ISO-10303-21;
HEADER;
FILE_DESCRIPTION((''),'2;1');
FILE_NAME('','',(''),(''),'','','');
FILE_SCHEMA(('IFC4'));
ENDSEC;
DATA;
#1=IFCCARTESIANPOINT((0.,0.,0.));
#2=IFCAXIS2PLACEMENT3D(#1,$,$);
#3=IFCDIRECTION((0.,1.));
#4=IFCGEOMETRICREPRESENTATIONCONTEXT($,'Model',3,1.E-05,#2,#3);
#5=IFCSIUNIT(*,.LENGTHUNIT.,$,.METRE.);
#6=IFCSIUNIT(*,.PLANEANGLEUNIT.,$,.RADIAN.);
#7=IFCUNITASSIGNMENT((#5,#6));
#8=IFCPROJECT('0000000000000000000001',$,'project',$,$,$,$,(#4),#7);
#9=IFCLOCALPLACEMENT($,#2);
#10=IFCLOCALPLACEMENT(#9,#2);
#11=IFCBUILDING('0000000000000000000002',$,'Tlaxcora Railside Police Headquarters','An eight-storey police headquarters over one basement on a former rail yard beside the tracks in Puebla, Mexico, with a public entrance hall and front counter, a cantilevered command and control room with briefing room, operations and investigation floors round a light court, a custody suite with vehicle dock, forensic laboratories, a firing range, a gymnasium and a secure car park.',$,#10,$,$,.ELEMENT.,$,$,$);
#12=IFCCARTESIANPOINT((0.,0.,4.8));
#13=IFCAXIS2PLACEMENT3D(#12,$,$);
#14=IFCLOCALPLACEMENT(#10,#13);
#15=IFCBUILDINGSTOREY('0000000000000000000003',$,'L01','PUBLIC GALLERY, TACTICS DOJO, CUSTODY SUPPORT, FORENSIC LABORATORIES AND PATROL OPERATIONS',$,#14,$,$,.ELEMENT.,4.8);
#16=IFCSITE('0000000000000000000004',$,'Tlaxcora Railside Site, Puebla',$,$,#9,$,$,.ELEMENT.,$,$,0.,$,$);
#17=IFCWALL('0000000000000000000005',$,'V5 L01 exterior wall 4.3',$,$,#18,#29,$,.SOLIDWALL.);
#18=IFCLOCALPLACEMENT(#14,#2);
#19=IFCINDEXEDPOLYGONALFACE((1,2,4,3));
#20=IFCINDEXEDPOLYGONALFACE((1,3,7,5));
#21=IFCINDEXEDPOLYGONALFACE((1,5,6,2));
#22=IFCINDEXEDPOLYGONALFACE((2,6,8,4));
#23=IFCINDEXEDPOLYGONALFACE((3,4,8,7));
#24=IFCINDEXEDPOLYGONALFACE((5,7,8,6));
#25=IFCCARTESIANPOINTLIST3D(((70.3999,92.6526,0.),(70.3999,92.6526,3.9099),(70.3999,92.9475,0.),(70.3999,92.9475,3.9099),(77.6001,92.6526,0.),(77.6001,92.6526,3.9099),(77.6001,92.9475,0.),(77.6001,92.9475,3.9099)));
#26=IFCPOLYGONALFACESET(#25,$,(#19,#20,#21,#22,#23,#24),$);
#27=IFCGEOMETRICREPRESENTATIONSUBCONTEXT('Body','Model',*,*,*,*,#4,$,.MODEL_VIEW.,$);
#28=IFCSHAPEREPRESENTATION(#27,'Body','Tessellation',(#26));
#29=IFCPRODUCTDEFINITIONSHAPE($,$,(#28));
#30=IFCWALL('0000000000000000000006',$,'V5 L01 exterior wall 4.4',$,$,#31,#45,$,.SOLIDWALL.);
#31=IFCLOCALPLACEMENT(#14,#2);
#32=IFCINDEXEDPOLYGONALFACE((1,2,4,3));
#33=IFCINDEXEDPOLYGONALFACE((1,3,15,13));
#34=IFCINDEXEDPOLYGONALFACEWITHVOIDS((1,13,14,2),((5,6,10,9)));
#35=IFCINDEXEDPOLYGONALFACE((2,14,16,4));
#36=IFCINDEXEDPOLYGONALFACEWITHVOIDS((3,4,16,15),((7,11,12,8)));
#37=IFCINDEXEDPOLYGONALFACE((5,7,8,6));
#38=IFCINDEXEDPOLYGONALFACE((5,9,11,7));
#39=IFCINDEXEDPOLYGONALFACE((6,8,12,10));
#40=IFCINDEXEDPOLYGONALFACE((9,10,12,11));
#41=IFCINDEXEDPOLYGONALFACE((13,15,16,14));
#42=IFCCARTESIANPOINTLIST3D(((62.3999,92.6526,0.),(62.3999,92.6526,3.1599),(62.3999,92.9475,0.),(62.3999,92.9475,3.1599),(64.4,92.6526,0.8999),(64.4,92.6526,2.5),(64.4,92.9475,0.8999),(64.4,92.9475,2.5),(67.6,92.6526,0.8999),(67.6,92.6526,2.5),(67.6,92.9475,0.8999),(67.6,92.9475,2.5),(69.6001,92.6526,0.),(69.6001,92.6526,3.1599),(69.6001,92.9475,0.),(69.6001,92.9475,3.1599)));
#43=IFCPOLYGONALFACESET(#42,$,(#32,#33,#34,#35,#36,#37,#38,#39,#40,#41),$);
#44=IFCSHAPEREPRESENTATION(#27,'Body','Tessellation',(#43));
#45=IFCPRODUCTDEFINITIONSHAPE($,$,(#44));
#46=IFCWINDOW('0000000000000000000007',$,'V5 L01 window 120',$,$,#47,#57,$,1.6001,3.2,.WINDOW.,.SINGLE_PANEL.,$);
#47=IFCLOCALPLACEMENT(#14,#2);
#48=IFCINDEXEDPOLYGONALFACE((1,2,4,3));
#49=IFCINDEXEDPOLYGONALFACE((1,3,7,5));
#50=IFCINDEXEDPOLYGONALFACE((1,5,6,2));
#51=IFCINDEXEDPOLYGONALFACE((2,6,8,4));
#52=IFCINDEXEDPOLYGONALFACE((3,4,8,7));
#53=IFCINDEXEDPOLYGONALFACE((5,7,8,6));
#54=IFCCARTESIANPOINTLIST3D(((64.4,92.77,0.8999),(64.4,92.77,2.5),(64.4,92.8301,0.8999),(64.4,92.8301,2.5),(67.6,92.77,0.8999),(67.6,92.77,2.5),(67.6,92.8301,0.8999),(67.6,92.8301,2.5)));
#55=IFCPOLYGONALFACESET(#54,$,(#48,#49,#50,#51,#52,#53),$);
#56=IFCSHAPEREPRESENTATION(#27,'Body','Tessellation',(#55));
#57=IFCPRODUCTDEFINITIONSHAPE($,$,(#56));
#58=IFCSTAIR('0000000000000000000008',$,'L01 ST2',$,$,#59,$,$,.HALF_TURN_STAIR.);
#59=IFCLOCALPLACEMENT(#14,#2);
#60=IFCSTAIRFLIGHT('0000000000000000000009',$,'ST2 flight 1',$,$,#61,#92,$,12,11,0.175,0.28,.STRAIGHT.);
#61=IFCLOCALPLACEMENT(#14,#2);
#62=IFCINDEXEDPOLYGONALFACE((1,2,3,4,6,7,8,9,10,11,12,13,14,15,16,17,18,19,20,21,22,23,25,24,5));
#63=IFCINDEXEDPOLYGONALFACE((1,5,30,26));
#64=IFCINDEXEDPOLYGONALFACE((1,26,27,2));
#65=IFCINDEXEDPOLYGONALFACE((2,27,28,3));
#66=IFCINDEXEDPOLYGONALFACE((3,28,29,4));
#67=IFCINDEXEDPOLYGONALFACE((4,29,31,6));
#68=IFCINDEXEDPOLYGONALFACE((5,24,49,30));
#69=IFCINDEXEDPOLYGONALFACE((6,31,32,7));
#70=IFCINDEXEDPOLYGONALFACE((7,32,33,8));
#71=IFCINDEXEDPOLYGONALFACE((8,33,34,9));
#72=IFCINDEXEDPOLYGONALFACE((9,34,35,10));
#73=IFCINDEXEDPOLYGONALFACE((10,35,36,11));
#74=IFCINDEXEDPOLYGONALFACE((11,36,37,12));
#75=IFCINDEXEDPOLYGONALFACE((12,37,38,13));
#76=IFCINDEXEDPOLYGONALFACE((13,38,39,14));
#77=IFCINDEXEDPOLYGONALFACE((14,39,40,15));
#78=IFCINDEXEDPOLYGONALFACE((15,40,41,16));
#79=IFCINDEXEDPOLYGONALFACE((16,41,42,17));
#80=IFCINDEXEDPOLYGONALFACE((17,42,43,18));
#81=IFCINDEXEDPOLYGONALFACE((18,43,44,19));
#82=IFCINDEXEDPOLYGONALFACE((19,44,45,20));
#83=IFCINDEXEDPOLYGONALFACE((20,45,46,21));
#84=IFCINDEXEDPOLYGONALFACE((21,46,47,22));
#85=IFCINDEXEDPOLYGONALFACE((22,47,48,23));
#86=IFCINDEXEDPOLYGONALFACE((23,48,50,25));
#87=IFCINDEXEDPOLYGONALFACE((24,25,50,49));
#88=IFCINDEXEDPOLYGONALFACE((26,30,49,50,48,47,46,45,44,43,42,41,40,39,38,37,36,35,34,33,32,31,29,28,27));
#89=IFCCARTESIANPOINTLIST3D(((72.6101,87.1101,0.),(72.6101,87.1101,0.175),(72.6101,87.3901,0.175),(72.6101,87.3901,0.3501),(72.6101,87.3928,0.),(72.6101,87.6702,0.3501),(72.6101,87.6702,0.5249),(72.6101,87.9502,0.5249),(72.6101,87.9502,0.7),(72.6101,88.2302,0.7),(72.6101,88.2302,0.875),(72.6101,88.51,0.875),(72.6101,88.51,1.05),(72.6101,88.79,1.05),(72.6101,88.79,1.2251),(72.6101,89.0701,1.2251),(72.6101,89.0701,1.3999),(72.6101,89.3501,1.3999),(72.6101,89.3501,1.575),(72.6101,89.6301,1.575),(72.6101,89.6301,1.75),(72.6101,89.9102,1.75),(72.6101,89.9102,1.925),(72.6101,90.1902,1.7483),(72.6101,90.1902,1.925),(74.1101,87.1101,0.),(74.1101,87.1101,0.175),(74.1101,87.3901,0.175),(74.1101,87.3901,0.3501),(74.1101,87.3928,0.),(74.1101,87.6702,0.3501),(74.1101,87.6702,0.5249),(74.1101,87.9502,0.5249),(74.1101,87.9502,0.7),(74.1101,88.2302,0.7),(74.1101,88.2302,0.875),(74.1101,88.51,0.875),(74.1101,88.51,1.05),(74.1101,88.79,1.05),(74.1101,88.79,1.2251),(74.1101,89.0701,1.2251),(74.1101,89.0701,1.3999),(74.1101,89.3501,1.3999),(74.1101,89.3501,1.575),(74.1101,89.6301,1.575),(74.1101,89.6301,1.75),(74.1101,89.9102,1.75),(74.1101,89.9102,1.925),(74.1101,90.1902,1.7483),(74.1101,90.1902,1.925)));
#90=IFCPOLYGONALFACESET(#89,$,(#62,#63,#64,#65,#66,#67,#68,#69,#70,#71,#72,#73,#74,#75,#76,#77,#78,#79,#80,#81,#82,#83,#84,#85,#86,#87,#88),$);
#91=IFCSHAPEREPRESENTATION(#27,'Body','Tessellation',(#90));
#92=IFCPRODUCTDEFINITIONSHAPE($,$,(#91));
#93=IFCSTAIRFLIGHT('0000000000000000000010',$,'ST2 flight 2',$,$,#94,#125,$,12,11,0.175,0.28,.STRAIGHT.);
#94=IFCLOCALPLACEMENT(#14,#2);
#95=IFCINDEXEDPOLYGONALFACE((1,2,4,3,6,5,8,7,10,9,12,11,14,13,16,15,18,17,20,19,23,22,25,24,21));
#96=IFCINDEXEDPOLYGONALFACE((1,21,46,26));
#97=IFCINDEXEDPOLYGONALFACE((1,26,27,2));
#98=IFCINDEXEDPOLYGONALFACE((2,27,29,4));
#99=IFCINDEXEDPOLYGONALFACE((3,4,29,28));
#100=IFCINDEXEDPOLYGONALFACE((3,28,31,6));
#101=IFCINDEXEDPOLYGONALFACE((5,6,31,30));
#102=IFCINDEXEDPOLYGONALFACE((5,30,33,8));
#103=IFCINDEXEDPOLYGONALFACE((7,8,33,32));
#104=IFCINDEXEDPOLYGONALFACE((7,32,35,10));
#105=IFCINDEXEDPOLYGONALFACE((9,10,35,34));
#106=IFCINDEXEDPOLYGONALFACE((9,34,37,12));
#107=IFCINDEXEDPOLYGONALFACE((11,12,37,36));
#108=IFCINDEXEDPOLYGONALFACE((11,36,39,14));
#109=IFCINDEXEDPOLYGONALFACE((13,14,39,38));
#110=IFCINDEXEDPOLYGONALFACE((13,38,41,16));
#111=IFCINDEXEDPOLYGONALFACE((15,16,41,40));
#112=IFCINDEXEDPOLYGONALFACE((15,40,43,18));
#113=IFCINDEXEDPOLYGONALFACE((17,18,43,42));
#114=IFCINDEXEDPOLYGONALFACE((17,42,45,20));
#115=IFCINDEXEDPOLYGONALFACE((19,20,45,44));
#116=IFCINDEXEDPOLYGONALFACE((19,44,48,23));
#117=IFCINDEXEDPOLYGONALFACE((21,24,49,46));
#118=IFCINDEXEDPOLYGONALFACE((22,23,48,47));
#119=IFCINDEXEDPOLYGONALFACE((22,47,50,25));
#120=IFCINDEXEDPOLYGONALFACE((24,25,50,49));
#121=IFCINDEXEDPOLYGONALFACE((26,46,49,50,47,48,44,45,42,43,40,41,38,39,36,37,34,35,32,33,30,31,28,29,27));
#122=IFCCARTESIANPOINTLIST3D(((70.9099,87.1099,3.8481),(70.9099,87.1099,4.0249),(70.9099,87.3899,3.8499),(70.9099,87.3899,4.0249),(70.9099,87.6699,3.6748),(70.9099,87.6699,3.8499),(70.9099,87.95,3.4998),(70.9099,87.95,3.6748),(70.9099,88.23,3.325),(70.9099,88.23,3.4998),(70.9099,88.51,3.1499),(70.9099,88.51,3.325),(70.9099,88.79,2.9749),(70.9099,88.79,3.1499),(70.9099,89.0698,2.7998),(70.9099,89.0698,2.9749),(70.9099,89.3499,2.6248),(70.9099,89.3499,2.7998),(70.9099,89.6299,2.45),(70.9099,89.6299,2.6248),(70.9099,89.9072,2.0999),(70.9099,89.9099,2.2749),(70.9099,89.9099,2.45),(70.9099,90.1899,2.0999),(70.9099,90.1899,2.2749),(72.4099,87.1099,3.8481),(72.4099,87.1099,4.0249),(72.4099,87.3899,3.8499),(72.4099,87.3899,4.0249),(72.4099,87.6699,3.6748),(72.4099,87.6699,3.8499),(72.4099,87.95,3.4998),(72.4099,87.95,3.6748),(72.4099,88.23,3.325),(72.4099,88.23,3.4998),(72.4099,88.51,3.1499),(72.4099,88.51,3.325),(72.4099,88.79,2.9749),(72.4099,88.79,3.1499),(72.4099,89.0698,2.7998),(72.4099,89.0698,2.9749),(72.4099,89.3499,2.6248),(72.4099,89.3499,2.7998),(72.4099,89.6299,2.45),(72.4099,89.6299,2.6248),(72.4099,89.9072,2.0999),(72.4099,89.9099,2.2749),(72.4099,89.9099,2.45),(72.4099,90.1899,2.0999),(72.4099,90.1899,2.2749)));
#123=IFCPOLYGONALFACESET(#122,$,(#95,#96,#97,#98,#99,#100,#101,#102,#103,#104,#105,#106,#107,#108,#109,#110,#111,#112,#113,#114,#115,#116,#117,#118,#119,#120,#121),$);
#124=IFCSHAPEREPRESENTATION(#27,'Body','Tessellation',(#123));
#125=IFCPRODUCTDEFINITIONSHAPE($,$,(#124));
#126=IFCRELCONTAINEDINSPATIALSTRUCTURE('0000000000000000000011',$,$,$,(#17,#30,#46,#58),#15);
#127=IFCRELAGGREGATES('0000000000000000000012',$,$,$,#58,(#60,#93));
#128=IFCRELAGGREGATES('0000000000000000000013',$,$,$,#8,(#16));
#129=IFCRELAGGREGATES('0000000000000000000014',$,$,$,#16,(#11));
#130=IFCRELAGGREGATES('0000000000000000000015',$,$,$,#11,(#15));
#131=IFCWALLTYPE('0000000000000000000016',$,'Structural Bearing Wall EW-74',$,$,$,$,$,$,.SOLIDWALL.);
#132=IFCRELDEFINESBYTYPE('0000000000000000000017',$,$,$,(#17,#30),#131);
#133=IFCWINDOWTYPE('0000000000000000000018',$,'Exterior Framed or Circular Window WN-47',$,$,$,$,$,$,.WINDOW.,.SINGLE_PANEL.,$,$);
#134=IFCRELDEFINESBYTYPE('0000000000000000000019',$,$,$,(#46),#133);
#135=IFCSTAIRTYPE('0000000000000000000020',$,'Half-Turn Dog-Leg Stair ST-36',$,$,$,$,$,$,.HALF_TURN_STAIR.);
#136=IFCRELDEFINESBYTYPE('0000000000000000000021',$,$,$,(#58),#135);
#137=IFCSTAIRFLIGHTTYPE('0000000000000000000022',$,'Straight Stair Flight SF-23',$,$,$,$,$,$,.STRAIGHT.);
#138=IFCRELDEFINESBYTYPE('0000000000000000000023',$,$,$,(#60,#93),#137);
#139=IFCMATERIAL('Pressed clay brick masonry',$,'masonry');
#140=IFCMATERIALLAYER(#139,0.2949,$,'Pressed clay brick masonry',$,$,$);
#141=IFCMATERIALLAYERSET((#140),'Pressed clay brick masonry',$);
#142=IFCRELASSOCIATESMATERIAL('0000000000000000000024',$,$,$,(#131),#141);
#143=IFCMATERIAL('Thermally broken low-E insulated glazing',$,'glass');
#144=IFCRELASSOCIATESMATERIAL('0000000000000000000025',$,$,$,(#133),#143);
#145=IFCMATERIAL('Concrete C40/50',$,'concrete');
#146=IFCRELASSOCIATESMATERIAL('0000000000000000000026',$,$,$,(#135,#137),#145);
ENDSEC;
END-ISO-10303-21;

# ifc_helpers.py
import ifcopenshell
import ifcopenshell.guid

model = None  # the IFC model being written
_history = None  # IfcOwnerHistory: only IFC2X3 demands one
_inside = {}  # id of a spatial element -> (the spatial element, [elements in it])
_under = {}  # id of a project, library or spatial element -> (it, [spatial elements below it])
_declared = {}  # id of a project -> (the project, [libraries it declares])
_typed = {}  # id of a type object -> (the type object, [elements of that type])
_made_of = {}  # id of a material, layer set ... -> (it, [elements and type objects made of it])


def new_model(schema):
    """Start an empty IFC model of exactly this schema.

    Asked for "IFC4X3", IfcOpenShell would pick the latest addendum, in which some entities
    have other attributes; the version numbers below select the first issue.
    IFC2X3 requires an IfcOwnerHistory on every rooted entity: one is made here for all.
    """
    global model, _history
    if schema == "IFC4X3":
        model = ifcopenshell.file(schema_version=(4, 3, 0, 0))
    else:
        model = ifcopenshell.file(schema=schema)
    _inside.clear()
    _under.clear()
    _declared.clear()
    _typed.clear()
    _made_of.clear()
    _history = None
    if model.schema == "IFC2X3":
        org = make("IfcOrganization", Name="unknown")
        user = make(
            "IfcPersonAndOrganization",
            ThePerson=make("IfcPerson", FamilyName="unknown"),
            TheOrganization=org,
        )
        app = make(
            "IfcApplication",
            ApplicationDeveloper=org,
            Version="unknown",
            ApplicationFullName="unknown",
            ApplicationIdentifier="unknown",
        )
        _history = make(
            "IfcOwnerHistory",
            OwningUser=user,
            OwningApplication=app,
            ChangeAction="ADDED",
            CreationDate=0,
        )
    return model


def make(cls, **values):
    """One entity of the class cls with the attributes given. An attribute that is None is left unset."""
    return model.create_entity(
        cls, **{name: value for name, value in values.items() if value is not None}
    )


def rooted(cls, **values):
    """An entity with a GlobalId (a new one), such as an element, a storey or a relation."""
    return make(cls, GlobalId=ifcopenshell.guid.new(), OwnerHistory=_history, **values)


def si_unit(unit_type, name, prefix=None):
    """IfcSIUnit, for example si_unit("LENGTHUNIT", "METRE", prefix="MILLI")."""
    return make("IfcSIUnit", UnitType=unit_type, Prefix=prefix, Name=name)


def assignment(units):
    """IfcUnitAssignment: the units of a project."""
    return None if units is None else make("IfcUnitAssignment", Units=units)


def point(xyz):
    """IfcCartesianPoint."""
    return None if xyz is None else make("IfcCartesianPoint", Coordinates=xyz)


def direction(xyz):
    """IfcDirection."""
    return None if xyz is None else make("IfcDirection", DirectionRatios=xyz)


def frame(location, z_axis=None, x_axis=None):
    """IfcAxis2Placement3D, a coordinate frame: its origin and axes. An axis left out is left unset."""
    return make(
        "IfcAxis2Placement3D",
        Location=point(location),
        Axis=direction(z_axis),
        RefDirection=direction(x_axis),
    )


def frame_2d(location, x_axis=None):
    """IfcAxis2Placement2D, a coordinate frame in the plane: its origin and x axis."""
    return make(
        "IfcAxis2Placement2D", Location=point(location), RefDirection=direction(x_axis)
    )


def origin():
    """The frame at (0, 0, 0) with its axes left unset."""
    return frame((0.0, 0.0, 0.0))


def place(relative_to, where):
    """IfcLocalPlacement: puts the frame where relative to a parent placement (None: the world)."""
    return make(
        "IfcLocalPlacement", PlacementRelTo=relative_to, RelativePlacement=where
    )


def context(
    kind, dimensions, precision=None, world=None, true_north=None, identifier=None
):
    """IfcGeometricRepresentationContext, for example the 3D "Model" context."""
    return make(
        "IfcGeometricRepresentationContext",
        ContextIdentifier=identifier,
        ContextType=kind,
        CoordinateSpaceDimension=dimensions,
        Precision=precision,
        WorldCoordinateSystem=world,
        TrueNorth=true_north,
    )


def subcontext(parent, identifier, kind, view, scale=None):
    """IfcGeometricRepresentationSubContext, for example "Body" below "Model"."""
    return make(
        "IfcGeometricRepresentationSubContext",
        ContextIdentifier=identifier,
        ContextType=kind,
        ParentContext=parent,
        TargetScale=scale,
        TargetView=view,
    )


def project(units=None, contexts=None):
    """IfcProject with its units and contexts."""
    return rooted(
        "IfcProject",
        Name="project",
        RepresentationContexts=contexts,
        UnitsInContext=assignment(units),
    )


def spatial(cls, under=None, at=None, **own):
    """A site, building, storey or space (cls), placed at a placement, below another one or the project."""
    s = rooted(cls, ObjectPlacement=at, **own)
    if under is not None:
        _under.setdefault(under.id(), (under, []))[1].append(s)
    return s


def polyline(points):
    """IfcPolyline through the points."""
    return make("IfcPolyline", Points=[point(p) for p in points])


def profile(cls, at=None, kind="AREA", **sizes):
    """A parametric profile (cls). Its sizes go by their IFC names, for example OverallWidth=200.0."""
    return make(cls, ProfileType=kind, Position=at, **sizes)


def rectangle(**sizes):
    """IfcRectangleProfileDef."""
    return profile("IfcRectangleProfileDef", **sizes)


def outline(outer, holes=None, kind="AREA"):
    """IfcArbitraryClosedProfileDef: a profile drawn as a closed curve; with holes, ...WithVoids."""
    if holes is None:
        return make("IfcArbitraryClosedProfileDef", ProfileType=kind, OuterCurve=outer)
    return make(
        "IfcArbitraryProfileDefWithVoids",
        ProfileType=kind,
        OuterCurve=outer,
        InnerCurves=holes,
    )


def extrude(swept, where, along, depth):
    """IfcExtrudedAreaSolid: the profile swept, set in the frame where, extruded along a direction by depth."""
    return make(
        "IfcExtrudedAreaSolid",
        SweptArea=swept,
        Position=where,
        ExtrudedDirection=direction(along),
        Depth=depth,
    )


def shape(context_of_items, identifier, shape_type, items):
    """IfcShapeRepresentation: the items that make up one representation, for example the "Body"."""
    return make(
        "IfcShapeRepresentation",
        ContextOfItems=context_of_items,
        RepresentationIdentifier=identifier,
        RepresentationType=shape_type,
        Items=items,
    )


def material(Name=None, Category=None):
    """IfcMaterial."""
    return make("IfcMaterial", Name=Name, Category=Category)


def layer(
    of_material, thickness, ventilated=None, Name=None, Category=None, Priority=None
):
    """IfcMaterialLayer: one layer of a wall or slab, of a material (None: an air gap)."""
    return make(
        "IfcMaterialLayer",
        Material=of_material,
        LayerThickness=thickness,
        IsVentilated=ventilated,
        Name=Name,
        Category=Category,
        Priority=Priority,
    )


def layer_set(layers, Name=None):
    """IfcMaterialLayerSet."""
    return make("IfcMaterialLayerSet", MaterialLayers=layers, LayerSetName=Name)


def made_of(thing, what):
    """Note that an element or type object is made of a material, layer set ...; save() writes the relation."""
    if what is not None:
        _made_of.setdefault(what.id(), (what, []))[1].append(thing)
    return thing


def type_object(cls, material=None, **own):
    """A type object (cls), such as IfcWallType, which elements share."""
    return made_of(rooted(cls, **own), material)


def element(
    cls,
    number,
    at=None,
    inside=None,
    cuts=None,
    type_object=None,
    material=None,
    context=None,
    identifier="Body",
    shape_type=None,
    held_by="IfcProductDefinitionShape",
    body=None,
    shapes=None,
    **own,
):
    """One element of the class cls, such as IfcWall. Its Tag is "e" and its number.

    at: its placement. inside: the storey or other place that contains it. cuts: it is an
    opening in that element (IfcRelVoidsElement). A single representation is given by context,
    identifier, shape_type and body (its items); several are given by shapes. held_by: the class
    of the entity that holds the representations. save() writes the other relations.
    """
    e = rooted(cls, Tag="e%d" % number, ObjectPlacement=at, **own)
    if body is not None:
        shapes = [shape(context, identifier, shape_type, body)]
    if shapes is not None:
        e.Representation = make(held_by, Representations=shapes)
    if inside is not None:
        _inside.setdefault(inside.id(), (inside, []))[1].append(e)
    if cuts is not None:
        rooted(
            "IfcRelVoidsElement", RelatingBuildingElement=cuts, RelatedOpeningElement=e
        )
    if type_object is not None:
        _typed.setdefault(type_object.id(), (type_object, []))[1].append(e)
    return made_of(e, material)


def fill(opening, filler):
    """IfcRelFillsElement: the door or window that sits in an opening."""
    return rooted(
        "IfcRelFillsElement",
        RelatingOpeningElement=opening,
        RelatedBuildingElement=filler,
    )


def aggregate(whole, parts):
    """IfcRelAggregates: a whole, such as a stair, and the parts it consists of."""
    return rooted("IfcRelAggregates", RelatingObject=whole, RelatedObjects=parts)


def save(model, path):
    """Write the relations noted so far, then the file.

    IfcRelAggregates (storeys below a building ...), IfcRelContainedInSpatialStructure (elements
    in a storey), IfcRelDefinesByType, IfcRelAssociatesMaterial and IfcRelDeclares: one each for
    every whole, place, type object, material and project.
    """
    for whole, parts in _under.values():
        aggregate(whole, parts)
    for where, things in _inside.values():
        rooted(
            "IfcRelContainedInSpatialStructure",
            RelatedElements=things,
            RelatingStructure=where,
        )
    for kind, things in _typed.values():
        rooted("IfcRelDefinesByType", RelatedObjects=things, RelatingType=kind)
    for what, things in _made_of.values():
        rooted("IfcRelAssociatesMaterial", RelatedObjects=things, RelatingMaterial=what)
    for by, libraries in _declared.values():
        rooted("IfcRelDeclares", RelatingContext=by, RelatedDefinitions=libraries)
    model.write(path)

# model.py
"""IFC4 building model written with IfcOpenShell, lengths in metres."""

from ifc_helpers import new_model, si_unit, direction, frame, frame_2d, origin, place, context, subcontext, project, spatial, polyline, rectangle, outline, extrude, material, layer, layer_set, type_object, element, fill, aggregate, save


model = new_model("IFC4")

# Units and contexts
model_context = context("Model", 3, precision=1e-05, world=origin(), true_north=direction((0.0, 1.0)))
body_context = subcontext(model_context, "Body", "Model", "MODEL_VIEW")
ifc_project = project(units=[si_unit("LENGTHUNIT", "METRE"), si_unit("PLANEANGLEUNIT", "RADIAN")], contexts=[model_context])

# Site, building, storey
site_placement = place(None, origin())
site = spatial("IfcSite", under=ifc_project, at=site_placement, Name="Tlaxcora Railside Site, Puebla", CompositionType="ELEMENT", RefElevation=0.0)
building_placement = place(site_placement, origin())
building = spatial("IfcBuilding", under=site, at=building_placement, Name="Tlaxcora Railside Police Headquarters", Description="An eight-storey police headquarters over one basement on a former rail yard beside the tracks in Puebla, Mexico, with a public entrance hall and front counter, a cantilevered command and control room with briefing room, operations and investigation floors round a light court, a custody suite with vehicle dock, forensic laboratories, a firing range, a gymnasium and a secure car park.", CompositionType="ELEMENT")
storey_placement = place(building_placement, frame((0.0, 0.0, 4.8)))
storey = spatial("IfcBuildingStorey", under=building, at=storey_placement, Name="L01", Description="PUBLIC GALLERY, TACTICS DOJO, CUSTODY SUPPORT, FORENSIC LABORATORIES AND PATROL OPERATIONS", CompositionType="ELEMENT", Elevation=4.8)

# Shared definitions
ifc_material_1 = material(Name="Concrete C40/50", Category="concrete")

# Wall
ifc_material_2 = material(Name="Pressed clay brick masonry", Category="masonry")
ifc_layer_1 = layer(ifc_material_2, 0.2949, Name="Pressed clay brick masonry")
ifc_layer_set_1 = layer_set([ifc_layer_1], Name="Pressed clay brick masonry")
wall_type_1 = type_object("IfcWallType", Name="Structural Bearing Wall EW-74", PredefinedType="SOLIDWALL", material=ifc_layer_set_1)
wall_1_placement = place(storey_placement, frame((77.6001, 92.8, 0.0), z_axis=(0.0, 0.0, 1.0), x_axis=(-1.0, 0.0, 0.0)))
element("IfcWall", 1, at=wall_1_placement, inside=storey, type_object=wall_type_1, Name="V5 L01 exterior wall 4.3", PredefinedType="SOLIDWALL", context=body_context, shape_type="SweptSolid", body=[
    extrude(rectangle(XDim=7.2002, YDim=0.2949, at=frame_2d((3.6001, 0.0))), origin(), (0.0, 0.0, 1.0), 3.9099),
])

# Wall, opening, window
wall_2_placement = place(storey_placement, frame((69.6001, 92.8, 0.0), z_axis=(0.0, 0.0, 1.0), x_axis=(-1.0, 0.0, 0.0)))
wall_2 = element("IfcWall", 2, at=wall_2_placement, inside=storey, type_object=wall_type_1, Name="V5 L01 exterior wall 4.4", PredefinedType="SOLIDWALL", context=body_context, shape_type="SweptSolid", body=[
    extrude(rectangle(XDim=7.2002, YDim=0.2949, at=frame_2d((3.6001, 0.0))), origin(), (0.0, 0.0, 1.0), 3.1599),
])
opening_1_placement = place(wall_2_placement, frame((2.0, 0.0, 0.8999)))
opening_1 = element("IfcOpeningElement", 3, at=opening_1_placement, cuts=wall_2, PredefinedType="OPENING", context=body_context, shape_type="SweptSolid", body=[
    extrude(rectangle(XDim=3.2, YDim=1.6001, at=frame_2d((1.6001, 0.8))), frame((0.0, 0.1575, 0.0), z_axis=(0.0, -1.0, 0.0), x_axis=(1.0, 0.0, 0.0)), (0.0, 0.0, 1.0), 0.3149),
])
ifc_material_3 = material(Name="Thermally broken low-E insulated glazing", Category="glass")
window_type = type_object("IfcWindowType", Name="Exterior Framed or Circular Window WN-47", PartitioningType="SINGLE_PANEL", PredefinedType="WINDOW", material=ifc_material_3)
window_placement = place(opening_1_placement, origin())
window = element("IfcWindow", 4, at=window_placement, inside=storey, type_object=window_type, Name="V5 L01 window 120", OverallHeight=1.6001, OverallWidth=3.2, PartitioningType="SINGLE_PANEL", PredefinedType="WINDOW", context=body_context, shape_type="SweptSolid", body=[
    extrude(rectangle(XDim=3.2, YDim=1.6001, at=frame_2d((1.6001, 0.8))), frame((0.0, 0.03, 0.0), z_axis=(0.0, -1.0, 0.0), x_axis=(1.0, 0.0, 0.0)), (0.0, 0.0, 1.0), 0.0601),
])
fill(opening_1, window)

# Stair, stair flights
stair_type = type_object("IfcStairType", Name="Half-Turn Dog-Leg Stair ST-36", PredefinedType="HALF_TURN_STAIR", material=ifc_material_1)
stair_placement = place(storey_placement, origin())
stair = element("IfcStair", 5, at=stair_placement, inside=storey, type_object=stair_type, Name="L01 ST2", PredefinedType="HALF_TURN_STAIR")
stair_flight_type = type_object("IfcStairFlightType", Name="Straight Stair Flight SF-23", PredefinedType="STRAIGHT", material=ifc_material_1)
stair_flight_1_placement = place(storey_placement, frame((73.3601, 87.1101, 0.0), z_axis=(0.0, 0.0, 1.0), x_axis=(0.0, 1.0, 0.0)))
stair_flight_1 = element("IfcStairFlight", 6, at=stair_flight_1_placement, type_object=stair_flight_type, Name="ST2 flight 1", NumberOfRisers=12, NumberOfTreads=11, PredefinedType="STRAIGHT", RiserHeight=0.175, TreadLength=0.28, context=body_context, shape_type="SweptSolid", body=[
    extrude(outline(polyline([(0.0, 0.0), (0.0, 0.175), (0.28, 0.175), (0.28, 0.3501), (0.5601, 0.3501), (0.5601, 0.5249), (0.8401, 0.5249), (0.8401, 0.7), (1.1201, 0.7), (1.1201, 0.875), (1.3999, 0.875), (1.3999, 1.05), (1.6799, 1.05), (1.6799, 1.2251), (1.96, 1.2251), (1.96, 1.3999), (2.24, 1.3999), (2.24, 1.575), (2.52, 1.575), (2.52, 1.75), (2.8, 1.75), (2.8, 1.925), (3.0801, 1.925), (3.0801, 2.1001), (3.0801, 1.7483), (0.2827, 0.0), (0.0, 0.0)])), frame((0.0, 0.75, 0.0), z_axis=(0.0, -1.0, 0.0), x_axis=(1.0, 0.0, 0.0)), (0.0, 0.0, 1.0), 1.5),
])
stair_flight_2_placement = place(storey_placement, frame((71.6599, 90.1899, 2.0999), z_axis=(0.0, 0.0, 1.0), x_axis=(0.0, -1.0, 0.0)))
stair_flight_2 = element("IfcStairFlight", 7, at=stair_flight_2_placement, type_object=stair_flight_type, Name="ST2 flight 2", NumberOfRisers=12, NumberOfTreads=11, PredefinedType="STRAIGHT", RiserHeight=0.175, TreadLength=0.28, context=body_context, shape_type="SweptSolid", body=[
    extrude(outline(polyline([(0.0, 0.0), (0.0, 0.175), (0.28, 0.175), (0.28, 0.3501), (0.5601, 0.3501), (0.5601, 0.5249), (0.8401, 0.5249), (0.8401, 0.7), (1.1201, 0.7), (1.1201, 0.875), (1.3999, 0.875), (1.3999, 1.05), (1.6799, 1.05), (1.6799, 1.2251), (1.96, 1.2251), (1.96, 1.3999), (2.24, 1.3999), (2.24, 1.575), (2.52, 1.575), (2.52, 1.75), (2.8, 1.75), (2.8, 1.925), (3.0801, 1.925), (3.0801, 2.1001), (3.0801, 1.7483), (0.2827, 0.0), (0.0, 0.0)])), frame((0.0, 0.75, 0.0), z_axis=(0.0, -1.0, 0.0), x_axis=(1.0, 0.0, 0.0)), (0.0, 0.0, 1.0), 1.5),
])
aggregate(stair, [stair_flight_1, stair_flight_2])

save(model, "model.ifc")
